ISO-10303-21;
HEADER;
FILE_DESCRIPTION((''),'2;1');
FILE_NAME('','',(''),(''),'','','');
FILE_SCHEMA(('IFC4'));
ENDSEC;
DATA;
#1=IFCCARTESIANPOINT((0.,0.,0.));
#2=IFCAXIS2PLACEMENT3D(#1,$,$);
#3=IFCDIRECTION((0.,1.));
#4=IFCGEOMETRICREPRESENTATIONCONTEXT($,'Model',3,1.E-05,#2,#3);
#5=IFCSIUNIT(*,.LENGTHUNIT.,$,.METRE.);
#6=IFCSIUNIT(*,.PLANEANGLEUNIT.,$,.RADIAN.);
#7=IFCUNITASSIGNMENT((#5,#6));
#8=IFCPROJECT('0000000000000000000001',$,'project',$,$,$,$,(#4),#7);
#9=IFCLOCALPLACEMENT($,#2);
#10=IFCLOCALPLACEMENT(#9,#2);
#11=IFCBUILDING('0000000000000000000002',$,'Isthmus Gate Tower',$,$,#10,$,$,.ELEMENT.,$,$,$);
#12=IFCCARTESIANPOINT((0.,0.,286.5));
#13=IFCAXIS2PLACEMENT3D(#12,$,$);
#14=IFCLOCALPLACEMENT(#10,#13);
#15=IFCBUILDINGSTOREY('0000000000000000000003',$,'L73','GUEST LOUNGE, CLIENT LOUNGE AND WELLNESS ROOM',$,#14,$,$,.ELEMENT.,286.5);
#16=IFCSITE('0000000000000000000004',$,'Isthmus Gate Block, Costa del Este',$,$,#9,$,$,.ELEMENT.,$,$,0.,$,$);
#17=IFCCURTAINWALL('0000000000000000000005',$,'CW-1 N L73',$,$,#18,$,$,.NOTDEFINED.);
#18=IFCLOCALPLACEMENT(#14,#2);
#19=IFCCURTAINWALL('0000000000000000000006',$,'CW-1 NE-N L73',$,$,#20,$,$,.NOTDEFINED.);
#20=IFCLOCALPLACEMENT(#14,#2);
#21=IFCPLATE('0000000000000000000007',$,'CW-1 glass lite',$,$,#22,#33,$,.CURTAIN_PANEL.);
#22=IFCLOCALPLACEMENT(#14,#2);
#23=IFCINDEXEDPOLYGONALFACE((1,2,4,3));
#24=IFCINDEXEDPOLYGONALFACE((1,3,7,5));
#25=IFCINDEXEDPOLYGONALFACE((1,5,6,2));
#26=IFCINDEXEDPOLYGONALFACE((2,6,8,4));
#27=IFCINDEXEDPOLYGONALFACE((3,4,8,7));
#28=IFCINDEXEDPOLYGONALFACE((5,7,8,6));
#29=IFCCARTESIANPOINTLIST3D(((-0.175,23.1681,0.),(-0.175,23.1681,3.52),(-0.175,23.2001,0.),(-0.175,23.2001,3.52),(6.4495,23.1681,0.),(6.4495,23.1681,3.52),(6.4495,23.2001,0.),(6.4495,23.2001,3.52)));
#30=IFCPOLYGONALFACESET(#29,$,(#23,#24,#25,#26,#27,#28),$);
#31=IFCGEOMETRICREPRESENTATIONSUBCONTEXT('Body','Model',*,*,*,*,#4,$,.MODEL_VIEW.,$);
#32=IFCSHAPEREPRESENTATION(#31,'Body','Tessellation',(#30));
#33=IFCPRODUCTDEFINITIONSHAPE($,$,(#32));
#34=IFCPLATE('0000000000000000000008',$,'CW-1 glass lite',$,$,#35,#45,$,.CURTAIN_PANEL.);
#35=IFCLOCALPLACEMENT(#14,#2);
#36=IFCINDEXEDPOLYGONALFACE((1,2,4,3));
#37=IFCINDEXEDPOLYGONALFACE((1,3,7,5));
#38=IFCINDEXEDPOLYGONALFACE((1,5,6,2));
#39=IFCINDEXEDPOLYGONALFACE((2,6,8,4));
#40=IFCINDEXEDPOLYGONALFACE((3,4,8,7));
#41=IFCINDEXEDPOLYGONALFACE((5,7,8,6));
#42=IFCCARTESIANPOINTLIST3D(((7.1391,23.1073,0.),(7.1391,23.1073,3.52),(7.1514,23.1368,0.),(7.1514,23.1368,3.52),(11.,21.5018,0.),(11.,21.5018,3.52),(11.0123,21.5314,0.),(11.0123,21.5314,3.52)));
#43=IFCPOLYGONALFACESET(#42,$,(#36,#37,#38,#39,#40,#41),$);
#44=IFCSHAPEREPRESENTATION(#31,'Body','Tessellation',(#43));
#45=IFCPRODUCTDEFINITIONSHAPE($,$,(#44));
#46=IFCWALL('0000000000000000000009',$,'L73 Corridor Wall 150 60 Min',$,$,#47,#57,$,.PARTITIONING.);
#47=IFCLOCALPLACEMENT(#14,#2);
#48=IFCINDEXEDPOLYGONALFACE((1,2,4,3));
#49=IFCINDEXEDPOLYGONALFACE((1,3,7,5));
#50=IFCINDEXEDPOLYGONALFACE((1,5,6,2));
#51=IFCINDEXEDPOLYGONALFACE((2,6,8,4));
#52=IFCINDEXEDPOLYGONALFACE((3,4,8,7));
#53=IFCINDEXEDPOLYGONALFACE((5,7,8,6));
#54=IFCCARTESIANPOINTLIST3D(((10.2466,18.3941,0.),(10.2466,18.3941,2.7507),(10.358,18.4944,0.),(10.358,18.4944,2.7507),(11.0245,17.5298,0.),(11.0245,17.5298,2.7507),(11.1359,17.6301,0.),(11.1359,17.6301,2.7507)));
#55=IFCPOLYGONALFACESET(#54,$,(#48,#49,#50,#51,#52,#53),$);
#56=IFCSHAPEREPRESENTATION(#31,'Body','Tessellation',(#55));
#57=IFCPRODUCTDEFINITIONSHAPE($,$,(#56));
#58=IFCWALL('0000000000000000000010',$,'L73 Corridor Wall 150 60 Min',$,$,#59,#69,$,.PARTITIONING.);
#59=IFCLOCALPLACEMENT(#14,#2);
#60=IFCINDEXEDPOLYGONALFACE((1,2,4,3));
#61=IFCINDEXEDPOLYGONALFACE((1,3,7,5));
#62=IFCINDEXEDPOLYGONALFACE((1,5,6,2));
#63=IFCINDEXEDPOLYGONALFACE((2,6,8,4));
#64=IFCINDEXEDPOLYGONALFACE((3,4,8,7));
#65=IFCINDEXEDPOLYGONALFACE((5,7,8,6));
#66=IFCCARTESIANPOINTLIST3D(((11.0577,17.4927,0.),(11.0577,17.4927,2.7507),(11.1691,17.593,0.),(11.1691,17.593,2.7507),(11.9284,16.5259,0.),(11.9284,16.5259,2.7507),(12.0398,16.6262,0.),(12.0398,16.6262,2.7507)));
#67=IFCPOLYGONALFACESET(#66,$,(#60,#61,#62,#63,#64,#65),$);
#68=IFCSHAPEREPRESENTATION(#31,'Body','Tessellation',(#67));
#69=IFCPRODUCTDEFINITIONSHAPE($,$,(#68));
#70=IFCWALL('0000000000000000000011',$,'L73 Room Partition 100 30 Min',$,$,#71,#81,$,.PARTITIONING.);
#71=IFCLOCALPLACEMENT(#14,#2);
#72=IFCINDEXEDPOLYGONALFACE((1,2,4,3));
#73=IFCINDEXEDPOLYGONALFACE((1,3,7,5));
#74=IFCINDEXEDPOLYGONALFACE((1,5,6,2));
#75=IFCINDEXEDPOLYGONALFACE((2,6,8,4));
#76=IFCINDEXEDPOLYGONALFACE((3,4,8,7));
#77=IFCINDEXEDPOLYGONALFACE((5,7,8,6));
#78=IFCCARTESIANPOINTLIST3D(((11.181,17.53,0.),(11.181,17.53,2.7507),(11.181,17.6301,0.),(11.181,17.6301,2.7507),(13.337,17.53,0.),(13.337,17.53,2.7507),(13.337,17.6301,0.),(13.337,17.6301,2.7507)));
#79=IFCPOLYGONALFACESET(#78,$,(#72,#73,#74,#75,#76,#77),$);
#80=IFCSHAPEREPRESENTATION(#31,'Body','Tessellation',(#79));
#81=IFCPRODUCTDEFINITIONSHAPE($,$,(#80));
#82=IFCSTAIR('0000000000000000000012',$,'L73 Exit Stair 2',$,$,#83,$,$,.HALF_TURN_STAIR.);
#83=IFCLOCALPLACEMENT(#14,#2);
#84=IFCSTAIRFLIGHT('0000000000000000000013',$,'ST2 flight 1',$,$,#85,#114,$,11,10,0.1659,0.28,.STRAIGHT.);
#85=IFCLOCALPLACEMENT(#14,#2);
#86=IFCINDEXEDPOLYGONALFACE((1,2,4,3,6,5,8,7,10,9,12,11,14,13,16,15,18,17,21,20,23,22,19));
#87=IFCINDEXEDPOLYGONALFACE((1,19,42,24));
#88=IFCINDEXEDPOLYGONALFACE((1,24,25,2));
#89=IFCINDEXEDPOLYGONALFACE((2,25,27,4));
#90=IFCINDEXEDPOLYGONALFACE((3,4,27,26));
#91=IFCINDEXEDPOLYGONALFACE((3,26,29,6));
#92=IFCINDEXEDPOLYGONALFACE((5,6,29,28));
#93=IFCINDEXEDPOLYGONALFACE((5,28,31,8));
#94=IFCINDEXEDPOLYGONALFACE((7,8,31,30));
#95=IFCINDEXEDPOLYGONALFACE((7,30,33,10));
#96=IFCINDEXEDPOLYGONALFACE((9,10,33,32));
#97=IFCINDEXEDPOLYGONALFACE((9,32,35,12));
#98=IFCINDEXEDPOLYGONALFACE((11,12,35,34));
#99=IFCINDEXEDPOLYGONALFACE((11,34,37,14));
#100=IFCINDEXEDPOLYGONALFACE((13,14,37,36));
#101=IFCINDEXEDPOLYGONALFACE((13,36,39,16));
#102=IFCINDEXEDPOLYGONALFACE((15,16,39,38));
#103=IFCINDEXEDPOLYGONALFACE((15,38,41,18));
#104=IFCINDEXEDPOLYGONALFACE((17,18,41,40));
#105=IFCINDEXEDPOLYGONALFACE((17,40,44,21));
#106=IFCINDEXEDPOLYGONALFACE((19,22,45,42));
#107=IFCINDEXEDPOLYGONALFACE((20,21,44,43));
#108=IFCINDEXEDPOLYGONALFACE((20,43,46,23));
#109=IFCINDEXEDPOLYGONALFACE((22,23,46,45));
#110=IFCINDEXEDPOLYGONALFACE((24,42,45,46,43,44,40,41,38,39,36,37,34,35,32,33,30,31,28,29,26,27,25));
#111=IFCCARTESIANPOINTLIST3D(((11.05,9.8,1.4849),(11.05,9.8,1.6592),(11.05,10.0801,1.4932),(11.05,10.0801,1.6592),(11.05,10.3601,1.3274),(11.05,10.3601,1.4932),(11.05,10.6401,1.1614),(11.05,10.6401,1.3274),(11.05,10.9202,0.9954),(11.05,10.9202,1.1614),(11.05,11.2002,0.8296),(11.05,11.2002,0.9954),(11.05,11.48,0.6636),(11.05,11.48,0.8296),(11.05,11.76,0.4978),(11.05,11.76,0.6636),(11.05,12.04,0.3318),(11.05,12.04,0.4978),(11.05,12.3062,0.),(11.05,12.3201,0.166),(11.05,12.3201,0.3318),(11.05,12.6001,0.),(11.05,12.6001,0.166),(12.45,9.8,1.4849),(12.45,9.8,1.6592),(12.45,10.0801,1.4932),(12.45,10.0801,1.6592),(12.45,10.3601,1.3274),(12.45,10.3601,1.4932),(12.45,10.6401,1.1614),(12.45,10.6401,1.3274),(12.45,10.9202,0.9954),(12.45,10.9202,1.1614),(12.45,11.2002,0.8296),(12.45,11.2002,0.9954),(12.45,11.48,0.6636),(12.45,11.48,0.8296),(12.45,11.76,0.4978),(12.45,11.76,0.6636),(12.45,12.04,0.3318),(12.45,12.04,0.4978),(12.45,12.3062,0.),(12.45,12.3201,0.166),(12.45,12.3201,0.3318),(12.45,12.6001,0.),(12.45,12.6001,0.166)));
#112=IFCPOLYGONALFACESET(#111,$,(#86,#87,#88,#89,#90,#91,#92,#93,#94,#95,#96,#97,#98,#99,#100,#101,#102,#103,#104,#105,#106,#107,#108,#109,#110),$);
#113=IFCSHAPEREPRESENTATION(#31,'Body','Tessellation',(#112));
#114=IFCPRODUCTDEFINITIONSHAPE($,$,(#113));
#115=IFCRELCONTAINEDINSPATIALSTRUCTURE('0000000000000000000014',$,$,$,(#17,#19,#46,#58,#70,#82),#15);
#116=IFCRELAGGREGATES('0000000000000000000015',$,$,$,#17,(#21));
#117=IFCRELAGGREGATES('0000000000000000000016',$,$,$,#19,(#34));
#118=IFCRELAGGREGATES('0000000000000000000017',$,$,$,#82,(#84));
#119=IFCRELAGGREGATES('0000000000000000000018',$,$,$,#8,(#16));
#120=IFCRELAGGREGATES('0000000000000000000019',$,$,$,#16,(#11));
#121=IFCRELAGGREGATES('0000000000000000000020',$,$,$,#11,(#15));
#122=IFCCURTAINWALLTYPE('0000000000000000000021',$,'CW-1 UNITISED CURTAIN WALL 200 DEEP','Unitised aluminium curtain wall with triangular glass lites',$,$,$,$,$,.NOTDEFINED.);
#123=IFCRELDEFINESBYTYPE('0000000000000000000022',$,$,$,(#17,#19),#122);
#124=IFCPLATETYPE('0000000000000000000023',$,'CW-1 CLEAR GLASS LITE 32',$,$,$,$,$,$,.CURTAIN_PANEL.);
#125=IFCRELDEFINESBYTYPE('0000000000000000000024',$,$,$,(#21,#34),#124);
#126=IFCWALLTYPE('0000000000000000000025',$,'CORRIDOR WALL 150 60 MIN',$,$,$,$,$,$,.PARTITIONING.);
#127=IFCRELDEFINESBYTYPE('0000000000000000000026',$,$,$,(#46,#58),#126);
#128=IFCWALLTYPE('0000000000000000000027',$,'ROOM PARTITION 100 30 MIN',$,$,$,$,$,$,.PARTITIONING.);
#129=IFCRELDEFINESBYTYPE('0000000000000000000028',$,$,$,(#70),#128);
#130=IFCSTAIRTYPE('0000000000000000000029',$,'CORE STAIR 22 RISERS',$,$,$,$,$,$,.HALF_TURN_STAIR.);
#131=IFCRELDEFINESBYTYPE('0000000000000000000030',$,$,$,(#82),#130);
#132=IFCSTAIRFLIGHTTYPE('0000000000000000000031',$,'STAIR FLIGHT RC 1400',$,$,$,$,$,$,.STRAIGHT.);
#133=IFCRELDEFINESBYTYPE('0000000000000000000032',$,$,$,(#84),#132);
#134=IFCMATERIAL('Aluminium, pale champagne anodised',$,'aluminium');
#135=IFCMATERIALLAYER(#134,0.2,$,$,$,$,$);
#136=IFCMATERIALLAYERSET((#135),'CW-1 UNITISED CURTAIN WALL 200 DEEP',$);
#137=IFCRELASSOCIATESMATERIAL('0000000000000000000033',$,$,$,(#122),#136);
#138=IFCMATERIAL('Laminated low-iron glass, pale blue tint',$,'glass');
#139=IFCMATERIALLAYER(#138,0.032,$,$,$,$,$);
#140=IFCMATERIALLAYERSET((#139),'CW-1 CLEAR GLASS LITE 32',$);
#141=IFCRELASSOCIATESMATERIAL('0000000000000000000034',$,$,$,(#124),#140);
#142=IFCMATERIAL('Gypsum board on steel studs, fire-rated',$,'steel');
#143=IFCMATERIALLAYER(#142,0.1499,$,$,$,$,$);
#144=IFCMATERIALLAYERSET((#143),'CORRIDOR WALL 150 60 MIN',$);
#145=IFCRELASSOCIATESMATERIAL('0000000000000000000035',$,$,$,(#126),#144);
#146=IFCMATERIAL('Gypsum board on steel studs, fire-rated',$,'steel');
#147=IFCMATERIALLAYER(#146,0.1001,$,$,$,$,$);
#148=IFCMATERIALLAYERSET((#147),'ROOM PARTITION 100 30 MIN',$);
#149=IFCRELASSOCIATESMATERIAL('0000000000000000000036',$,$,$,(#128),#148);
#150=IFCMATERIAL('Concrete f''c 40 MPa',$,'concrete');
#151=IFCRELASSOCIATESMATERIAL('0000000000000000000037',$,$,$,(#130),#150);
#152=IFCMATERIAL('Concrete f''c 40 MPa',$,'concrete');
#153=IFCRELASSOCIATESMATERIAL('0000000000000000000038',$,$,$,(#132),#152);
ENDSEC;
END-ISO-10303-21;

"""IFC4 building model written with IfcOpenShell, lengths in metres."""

from ifc_helpers import new_model, si_unit, direction, frame, frame_2d, origin, origin_2d, place, context, subcontext, project, spatial, polyline, rectangle, outline, extrude, material, layer, layer_set, type_object, element, aggregate, save


model = new_model("IFC4")

# Units and contexts
model_context = context("Model", 3, precision=1e-05, world=origin(), true_north=direction((0.0, 1.0)))
body_context = subcontext(model_context, "Body", "Model", "MODEL_VIEW")
ifc_project = project(units=[si_unit("LENGTHUNIT", "METRE"), si_unit("PLANEANGLEUNIT", "RADIAN")], contexts=[model_context])

# Site, building, storey
site_placement = place(None, origin())
site = spatial("IfcSite", under=ifc_project, at=site_placement, Name="Isthmus Gate Block, Costa del Este", CompositionType="ELEMENT", RefElevation=0.0)
building_placement = place(site_placement, origin())
building = spatial("IfcBuilding", under=site, at=building_placement, Name="Isthmus Gate Tower", CompositionType="ELEMENT")
storey_placement = place(building_placement, frame((0.0, 0.0, 286.5)))
storey = spatial("IfcBuildingStorey", under=building, at=storey_placement, Name="L73", Description="GUEST LOUNGE, CLIENT LOUNGE AND WELLNESS ROOM", CompositionType="ELEMENT", Elevation=286.5)

# Curtain walls
ifc_material_1 = material(Name="Aluminium, pale champagne anodised", Category="aluminium")
ifc_layer_1 = layer(ifc_material_1, 0.2)
ifc_layer_set_1 = layer_set([ifc_layer_1], Name="CW-1 UNITISED CURTAIN WALL 200 DEEP")
curtain_wall_type = type_object("IfcCurtainWallType", Name="CW-1 UNITISED CURTAIN WALL 200 DEEP", Description="Unitised aluminium curtain wall with triangular glass lites", PredefinedType="NOTDEFINED", material=ifc_layer_set_1)
curtain_wall_1_placement = place(storey_placement, origin())
curtain_wall_1 = element("IfcCurtainWall", 1, at=curtain_wall_1_placement, inside=storey, type_object=curtain_wall_type, Name="CW-1 N L73", PredefinedType="NOTDEFINED")
curtain_wall_2_placement = place(storey_placement, origin())
curtain_wall_2 = element("IfcCurtainWall", 2, at=curtain_wall_2_placement, inside=storey, type_object=curtain_wall_type, Name="CW-1 NE-N L73", PredefinedType="NOTDEFINED")

# Plates
ifc_material_2 = material(Name="Laminated low-iron glass, pale blue tint", Category="glass")
ifc_layer_2 = layer(ifc_material_2, 0.032)
ifc_layer_set_2 = layer_set([ifc_layer_2], Name="CW-1 CLEAR GLASS LITE 32")
plate_type = type_object("IfcPlateType", Name="CW-1 CLEAR GLASS LITE 32", PredefinedType="CURTAIN_PANEL", material=ifc_layer_set_2)
plate_1_placement = place(storey_placement, frame((3.1372, 23.1841, 0.0), z_axis=(0.0, 0.0, 1.0), x_axis=(-1.0, 0.0, 0.0)))
plate_1 = element("IfcPlate", 3, at=plate_1_placement, type_object=plate_type, Name="CW-1 glass lite", PredefinedType="CURTAIN_PANEL", context=body_context, shape_type="SweptSolid", body=[
    extrude(rectangle(XDim=6.6245, YDim=0.032, at=origin_2d()), origin(), (0.0, 0.0, 1.0), 3.52),
])
aggregate(curtain_wall_1, [plate_1])
plate_2_placement = place(storey_placement, frame((9.0757, 22.3193, 0.0), z_axis=(0.0, 0.0, 1.0), x_axis=(-0.923353, 0.383952, 0.0)))
plate_2 = element("IfcPlate", 4, at=plate_2_placement, type_object=plate_type, Name="CW-1 glass lite", PredefinedType="CURTAIN_PANEL", context=body_context, shape_type="SweptSolid", body=[
    extrude(rectangle(XDim=4.1814, YDim=0.032, at=origin_2d()), origin(), (0.0, 0.0, 1.0), 3.52),
])
aggregate(curtain_wall_2, [plate_2])

# Walls
ifc_material_3 = material(Name="Gypsum board on steel studs, fire-rated", Category="steel")
ifc_layer_3 = layer(ifc_material_3, 0.1499)
ifc_layer_set_3 = layer_set([ifc_layer_3], Name="CORRIDOR WALL 150 60 MIN")
wall_type_1 = type_object("IfcWallType", Name="CORRIDOR WALL 150 60 MIN", PredefinedType="PARTITIONING", material=ifc_layer_set_3)
wall_1_placement = place(storey_placement, frame((10.3022, 18.4443, 0.0), z_axis=(0.0, 0.0, 1.0), x_axis=(0.668965, -0.743294, 0.0)))
element("IfcWall", 5, at=wall_1_placement, inside=storey, type_object=wall_type_1, Name="L73 Corridor Wall 150 60 Min", PredefinedType="PARTITIONING", context=body_context, shape_type="SweptSolid", body=[
    extrude(rectangle(XDim=1.1628, YDim=0.1499, at=frame_2d((0.5815, 0.0))), origin(), (0.0, 0.0, 1.0), 2.7507),
])
wall_2_placement = place(storey_placement, frame((11.1135, 17.5427, 0.0), z_axis=(0.0, 0.0, 1.0), x_axis=(0.669172, -0.743108, 0.0)))
element("IfcWall", 6, at=wall_2_placement, inside=storey, type_object=wall_type_1, Name="L73 Corridor Wall 150 60 Min", PredefinedType="PARTITIONING", context=body_context, shape_type="SweptSolid", body=[
    extrude(rectangle(XDim=1.301, YDim=0.1499, at=frame_2d((0.6504, 0.0))), origin(), (0.0, 0.0, 1.0), 2.7507),
])
ifc_material_4 = material(Name="Gypsum board on steel studs, fire-rated", Category="steel")
ifc_layer_4 = layer(ifc_material_4, 0.1001)
ifc_layer_set_4 = layer_set([ifc_layer_4], Name="ROOM PARTITION 100 30 MIN")
wall_type_2 = type_object("IfcWallType", Name="ROOM PARTITION 100 30 MIN", PredefinedType="PARTITIONING", material=ifc_layer_set_4)
wall_3_placement = place(storey_placement, frame((11.1809, 17.5801, 0.0), z_axis=(0.0, 0.0, 1.0), x_axis=(1.0, 0.0, 0.0)))
element("IfcWall", 7, at=wall_3_placement, inside=storey, type_object=wall_type_2, Name="L73 Room Partition 100 30 Min", PredefinedType="PARTITIONING", context=body_context, shape_type="SweptSolid", body=[
    extrude(rectangle(XDim=2.156, YDim=0.1001, at=frame_2d((1.0781, 0.0))), origin(), (0.0, 0.0, 1.0), 2.7507),
])

# Stair, stair flight
ifc_material_5 = material(Name="Concrete f'c 40 MPa", Category="concrete")
stair_type = type_object("IfcStairType", Name="CORE STAIR 22 RISERS", PredefinedType="HALF_TURN_STAIR", material=ifc_material_5)
stair_placement = place(storey_placement, origin())
stair = element("IfcStair", 8, at=stair_placement, inside=storey, type_object=stair_type, Name="L73 Exit Stair 2", PredefinedType="HALF_TURN_STAIR")
ifc_material_6 = material(Name="Concrete f'c 40 MPa", Category="concrete")
stair_flight_type = type_object("IfcStairFlightType", Name="STAIR FLIGHT RC 1400", PredefinedType="STRAIGHT", material=ifc_material_6)
stair_flight_placement = place(storey_placement, frame((11.75, 12.6001, 0.0), z_axis=(0.0, 0.0, 1.0), x_axis=(0.0, -1.0, 0.0)))
stair_flight = element("IfcStairFlight", 9, at=stair_flight_placement, type_object=stair_flight_type, Name="ST2 flight 1", NumberOfRisers=11, NumberOfTreads=10, PredefinedType="STRAIGHT", RiserHeight=0.1659, TreadLength=0.28, context=body_context, shape_type="SweptSolid", body=[
    extrude(outline(polyline([(0.0, 0.0), (0.0, 0.166), (0.28, 0.166), (0.28, 0.3318), (0.5601, 0.3318), (0.5601, 0.4978), (0.8401, 0.4978), (0.8401, 0.6636), (1.1201, 0.6636), (1.1201, 0.8296), (1.3999, 0.8296), (1.3999, 0.9954), (1.6799, 0.9954), (1.6799, 1.1614), (1.96, 1.1614), (1.96, 1.3274), (2.24, 1.3274), (2.24, 1.4932), (2.52, 1.4932), (2.52, 1.6592), (2.8, 1.6592), (2.8, 1.825), (2.8, 1.4849), (0.2939, 0.0), (0.0, 0.0)])), frame((0.0, 0.7, 0.0), z_axis=(0.0, -1.0, 0.0), x_axis=(1.0, 0.0, 0.0)), (0.0, 0.0, 1.0), 1.3999),
])
aggregate(stair, [stair_flight])

save(model, "model.ifc")
